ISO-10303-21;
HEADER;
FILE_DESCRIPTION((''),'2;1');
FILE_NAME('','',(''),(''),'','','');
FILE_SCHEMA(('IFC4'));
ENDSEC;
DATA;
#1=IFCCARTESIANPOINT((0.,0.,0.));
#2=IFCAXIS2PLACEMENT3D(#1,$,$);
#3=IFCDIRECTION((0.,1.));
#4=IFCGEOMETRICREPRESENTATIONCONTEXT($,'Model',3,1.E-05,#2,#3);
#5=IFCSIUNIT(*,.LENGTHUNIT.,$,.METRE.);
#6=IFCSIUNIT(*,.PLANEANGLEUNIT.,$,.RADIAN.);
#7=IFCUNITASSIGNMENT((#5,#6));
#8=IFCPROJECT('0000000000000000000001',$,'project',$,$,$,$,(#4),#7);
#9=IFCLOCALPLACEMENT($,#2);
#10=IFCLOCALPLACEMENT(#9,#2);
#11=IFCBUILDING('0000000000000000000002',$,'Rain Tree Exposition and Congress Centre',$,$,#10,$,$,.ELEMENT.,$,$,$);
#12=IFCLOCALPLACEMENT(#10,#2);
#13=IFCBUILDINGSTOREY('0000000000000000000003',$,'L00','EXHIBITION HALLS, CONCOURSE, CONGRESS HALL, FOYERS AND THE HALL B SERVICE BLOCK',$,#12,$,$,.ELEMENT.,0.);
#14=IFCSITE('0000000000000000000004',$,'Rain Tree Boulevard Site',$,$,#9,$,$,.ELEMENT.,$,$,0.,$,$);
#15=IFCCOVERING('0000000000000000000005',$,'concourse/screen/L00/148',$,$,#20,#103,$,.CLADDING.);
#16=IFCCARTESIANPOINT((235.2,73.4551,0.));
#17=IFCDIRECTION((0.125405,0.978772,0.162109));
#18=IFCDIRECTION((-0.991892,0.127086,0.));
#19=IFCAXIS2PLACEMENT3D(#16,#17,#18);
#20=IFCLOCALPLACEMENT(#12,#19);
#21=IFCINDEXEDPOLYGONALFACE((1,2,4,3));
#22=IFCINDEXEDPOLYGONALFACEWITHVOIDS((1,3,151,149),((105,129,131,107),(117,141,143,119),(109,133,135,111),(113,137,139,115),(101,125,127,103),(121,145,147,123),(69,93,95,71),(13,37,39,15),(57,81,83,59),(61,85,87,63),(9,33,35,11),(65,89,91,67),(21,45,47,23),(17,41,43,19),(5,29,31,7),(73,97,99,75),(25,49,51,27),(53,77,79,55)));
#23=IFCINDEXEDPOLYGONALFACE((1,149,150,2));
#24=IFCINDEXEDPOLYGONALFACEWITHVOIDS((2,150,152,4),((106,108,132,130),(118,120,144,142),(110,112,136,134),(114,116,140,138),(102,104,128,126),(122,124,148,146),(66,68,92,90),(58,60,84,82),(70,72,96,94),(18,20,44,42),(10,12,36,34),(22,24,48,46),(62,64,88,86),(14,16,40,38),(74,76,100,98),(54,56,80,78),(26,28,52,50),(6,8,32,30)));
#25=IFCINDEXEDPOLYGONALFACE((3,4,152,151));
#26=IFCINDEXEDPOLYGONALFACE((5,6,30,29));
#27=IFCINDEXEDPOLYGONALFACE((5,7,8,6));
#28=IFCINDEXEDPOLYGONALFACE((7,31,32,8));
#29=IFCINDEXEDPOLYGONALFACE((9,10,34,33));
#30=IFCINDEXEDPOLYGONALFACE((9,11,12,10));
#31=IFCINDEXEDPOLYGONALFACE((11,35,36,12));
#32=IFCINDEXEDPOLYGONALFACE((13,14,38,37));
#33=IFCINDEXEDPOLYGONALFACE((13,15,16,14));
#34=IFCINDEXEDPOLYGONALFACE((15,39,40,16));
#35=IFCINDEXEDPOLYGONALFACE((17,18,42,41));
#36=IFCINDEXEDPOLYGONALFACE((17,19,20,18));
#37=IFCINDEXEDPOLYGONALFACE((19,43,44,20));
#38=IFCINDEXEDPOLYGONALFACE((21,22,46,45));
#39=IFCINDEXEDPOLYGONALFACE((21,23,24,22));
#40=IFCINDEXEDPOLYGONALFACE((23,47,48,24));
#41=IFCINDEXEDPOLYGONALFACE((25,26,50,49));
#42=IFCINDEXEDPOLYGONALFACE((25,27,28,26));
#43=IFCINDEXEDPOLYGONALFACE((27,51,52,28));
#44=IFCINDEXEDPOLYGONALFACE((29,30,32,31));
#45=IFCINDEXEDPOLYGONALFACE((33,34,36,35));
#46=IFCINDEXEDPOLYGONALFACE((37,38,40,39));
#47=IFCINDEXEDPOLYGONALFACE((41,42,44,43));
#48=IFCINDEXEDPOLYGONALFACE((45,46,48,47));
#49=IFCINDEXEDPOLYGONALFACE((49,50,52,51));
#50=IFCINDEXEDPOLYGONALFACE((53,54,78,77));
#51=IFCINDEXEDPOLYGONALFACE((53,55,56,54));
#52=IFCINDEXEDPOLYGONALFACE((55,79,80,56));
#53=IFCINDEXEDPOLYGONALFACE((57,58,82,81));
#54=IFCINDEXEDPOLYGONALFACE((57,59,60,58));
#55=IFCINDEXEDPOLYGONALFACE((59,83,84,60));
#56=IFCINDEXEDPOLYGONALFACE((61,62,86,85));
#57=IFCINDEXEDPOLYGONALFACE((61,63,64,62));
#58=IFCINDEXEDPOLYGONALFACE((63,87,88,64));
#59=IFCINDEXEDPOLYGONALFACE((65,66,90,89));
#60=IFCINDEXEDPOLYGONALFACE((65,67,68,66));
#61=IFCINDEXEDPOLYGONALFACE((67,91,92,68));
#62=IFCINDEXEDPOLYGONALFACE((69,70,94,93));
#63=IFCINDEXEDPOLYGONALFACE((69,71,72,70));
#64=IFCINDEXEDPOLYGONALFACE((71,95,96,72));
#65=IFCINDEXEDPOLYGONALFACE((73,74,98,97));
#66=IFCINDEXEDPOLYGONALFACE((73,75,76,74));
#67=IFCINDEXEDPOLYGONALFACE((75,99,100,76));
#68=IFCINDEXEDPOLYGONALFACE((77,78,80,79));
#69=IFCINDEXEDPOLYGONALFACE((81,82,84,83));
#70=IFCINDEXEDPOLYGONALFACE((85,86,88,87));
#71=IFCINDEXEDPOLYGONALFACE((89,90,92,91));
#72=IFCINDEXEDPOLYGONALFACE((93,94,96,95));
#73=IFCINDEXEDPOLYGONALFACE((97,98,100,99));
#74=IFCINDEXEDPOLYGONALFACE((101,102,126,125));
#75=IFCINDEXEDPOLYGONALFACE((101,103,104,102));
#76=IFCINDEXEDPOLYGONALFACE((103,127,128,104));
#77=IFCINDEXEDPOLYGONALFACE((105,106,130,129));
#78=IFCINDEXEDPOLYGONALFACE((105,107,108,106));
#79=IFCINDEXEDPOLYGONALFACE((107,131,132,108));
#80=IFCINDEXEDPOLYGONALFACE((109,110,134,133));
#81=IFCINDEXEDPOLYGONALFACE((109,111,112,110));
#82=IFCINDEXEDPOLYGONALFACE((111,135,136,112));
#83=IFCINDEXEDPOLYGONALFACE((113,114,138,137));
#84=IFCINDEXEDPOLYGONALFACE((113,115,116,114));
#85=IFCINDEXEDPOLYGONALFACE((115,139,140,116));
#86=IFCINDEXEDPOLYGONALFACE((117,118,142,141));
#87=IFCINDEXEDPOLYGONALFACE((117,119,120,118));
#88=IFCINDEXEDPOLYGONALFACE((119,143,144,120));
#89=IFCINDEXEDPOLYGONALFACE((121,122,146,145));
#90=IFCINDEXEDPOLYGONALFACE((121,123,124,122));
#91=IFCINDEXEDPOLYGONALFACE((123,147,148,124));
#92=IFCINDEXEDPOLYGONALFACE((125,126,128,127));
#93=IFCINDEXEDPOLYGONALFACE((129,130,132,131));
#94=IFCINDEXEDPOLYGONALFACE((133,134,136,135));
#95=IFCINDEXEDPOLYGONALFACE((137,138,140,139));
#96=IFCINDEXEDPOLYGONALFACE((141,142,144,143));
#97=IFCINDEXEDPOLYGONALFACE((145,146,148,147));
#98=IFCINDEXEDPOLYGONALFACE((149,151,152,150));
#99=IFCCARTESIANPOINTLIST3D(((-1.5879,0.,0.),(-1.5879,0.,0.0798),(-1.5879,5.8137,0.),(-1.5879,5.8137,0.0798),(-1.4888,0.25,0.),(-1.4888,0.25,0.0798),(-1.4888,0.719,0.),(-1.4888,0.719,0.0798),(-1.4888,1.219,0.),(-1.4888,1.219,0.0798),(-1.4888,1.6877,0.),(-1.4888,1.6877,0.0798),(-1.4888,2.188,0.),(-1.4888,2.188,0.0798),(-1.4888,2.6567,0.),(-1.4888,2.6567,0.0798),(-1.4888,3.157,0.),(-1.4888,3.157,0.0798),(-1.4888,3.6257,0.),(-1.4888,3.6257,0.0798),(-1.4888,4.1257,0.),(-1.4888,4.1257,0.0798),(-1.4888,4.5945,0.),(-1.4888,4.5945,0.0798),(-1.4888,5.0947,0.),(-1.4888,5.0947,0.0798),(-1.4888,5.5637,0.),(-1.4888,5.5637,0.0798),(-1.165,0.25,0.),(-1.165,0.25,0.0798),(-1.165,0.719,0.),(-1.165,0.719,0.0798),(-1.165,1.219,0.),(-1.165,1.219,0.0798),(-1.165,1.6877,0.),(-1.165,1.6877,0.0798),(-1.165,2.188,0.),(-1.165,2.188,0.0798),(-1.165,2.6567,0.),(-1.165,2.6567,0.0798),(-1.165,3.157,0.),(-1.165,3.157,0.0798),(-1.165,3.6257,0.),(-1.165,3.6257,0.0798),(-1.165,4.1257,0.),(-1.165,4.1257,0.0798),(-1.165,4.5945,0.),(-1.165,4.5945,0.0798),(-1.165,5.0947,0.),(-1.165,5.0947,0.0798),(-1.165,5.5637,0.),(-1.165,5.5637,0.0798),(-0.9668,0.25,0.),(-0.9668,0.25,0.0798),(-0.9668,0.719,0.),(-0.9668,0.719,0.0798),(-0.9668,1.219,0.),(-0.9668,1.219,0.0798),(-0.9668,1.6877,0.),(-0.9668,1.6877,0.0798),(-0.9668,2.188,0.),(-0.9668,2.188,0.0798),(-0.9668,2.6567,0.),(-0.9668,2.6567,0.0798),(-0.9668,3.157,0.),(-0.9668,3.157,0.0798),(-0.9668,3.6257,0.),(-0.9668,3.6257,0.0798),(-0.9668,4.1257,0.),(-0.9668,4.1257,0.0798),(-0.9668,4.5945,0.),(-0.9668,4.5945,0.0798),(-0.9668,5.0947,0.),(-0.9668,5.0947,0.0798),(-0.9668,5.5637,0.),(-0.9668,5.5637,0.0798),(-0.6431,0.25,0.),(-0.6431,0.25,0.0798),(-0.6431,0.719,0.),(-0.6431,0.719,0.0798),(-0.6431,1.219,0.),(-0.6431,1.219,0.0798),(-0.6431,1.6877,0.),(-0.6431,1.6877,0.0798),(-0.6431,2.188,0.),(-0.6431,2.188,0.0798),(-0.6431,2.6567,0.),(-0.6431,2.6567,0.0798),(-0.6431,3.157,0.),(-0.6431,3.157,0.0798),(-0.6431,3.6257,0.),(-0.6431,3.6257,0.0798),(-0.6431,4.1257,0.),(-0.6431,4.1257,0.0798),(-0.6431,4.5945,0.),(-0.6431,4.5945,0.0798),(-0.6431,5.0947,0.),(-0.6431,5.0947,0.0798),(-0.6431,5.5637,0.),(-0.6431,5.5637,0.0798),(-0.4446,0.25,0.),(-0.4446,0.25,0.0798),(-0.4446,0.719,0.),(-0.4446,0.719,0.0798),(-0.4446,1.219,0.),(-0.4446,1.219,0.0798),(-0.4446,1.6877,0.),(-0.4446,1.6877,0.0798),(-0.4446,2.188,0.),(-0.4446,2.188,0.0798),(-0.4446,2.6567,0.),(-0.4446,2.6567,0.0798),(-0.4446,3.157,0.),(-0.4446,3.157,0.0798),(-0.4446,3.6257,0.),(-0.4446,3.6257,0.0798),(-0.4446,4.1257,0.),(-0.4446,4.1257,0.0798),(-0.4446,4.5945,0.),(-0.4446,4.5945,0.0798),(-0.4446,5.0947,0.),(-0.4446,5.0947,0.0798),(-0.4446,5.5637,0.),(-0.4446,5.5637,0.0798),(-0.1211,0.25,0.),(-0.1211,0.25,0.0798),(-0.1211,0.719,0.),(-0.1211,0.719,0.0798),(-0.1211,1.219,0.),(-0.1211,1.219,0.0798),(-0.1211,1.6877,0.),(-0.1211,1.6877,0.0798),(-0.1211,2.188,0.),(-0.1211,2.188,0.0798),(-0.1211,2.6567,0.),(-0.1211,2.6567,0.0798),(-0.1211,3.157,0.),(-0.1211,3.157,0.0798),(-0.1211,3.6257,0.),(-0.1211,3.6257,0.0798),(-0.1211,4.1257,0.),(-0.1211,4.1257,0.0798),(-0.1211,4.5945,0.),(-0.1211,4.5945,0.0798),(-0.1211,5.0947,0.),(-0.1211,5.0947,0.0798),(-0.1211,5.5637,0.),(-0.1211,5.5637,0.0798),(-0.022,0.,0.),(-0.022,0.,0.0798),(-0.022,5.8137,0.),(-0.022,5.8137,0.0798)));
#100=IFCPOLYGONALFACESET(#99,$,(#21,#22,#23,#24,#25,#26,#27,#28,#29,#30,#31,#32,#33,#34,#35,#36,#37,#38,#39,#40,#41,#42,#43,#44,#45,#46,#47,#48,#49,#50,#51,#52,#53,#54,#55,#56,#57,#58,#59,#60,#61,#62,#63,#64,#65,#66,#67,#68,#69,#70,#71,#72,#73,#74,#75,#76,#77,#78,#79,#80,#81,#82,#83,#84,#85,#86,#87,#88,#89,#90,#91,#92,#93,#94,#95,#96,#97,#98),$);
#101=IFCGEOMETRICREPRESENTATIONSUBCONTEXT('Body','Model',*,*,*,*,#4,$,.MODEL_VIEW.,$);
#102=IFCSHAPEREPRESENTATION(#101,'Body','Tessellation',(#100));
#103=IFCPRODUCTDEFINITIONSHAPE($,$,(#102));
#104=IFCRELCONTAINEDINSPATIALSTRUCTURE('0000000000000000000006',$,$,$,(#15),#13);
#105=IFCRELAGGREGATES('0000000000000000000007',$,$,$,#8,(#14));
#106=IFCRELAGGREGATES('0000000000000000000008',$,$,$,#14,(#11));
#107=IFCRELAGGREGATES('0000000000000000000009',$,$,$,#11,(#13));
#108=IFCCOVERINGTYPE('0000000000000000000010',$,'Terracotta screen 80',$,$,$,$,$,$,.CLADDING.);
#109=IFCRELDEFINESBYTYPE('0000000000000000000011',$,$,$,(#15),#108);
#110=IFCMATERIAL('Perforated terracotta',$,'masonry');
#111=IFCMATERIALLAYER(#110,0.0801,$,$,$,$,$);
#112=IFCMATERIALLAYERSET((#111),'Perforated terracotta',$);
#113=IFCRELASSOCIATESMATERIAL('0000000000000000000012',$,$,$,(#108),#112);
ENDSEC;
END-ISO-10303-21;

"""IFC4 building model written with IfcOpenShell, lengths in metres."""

from ifc_helpers import new_model, si_unit, direction, frame, origin, place, context, subcontext, project, spatial, polyline, outline, extrude, material, layer, layer_set, type_object, element, save


model = new_model("IFC4")

# Units and contexts
model_context = context("Model", 3, precision=1e-05, world=origin(), true_north=direction((0.0, 1.0)))
body_context = subcontext(model_context, "Body", "Model", "MODEL_VIEW")
ifc_project = project(units=[si_unit("LENGTHUNIT", "METRE"), si_unit("PLANEANGLEUNIT", "RADIAN")], contexts=[model_context])

# Site, building, storey
site_placement = place(None, origin())
site = spatial("IfcSite", under=ifc_project, at=site_placement, Name="Rain Tree Boulevard Site", CompositionType="ELEMENT", RefElevation=0.0)
building_placement = place(site_placement, origin())
building = spatial("IfcBuilding", under=site, at=building_placement, Name="Rain Tree Exposition and Congress Centre", CompositionType="ELEMENT")
storey_placement = place(building_placement, origin())
storey = spatial("IfcBuildingStorey", under=building, at=storey_placement, Name="L00", Description="EXHIBITION HALLS, CONCOURSE, CONGRESS HALL, FOYERS AND THE HALL B SERVICE BLOCK", CompositionType="ELEMENT", Elevation=0.0)

# Covering
ifc_material_1 = material(Name="Perforated terracotta", Category="masonry")
ifc_layer_1 = layer(ifc_material_1, 0.0801)
ifc_layer_set_1 = layer_set([ifc_layer_1], Name="Perforated terracotta")
covering_type = type_object("IfcCoveringType", Name="Terracotta screen 80", PredefinedType="CLADDING", material=ifc_layer_set_1)
covering_1_placement = place(storey_placement, frame((235.2, 73.4551, 0.0), z_axis=(0.125405, 0.978772, 0.162109), x_axis=(-0.991892, 0.127086, 0.0)))
element("IfcCovering", 1, at=covering_1_placement, inside=storey, type_object=covering_type, Name="concourse/screen/L00/148", PredefinedType="CLADDING", context=body_context, shape_type="SweptSolid", body=[
    extrude(outline(polyline([(-0.022, 0.0), (-1.5879, 0.0), (-1.5879, 5.8137), (-0.022, 5.8137), (-0.022, 0.0)]), holes=[polyline([(-0.1211, 0.25), (-0.1211, 0.719), (-0.4446, 0.719), (-0.4446, 0.25), (-0.1211, 0.25)]), polyline([(-0.1211, 1.219), (-0.1211, 1.6877), (-0.4446, 1.6877), (-0.4446, 1.219), (-0.1211, 1.219)]), polyline([(-0.1211, 2.188), (-0.1211, 2.6567), (-0.4446, 2.6567), (-0.4446, 2.188), (-0.1211, 2.188)]), polyline([(-0.1211, 3.157), (-0.1211, 3.6257), (-0.4446, 3.6257), (-0.4446, 3.157), (-0.1211, 3.157)]), polyline([(-0.1211, 4.1257), (-0.1211, 4.5945), (-0.4446, 4.5945), (-0.4446, 4.1257), (-0.1211, 4.1257)]), polyline([(-0.1211, 5.0947), (-0.1211, 5.5637), (-0.4446, 5.5637), (-0.4446, 5.0947), (-0.1211, 5.0947)]), polyline([(-0.6431, 0.25), (-0.6431, 0.719), (-0.9668, 0.719), (-0.9668, 0.25), (-0.6431, 0.25)]), polyline([(-0.6431, 1.219), (-0.6431, 1.6877), (-0.9668, 1.6877), (-0.9668, 1.219), (-0.6431, 1.219)]), polyline([(-0.6431, 2.188), (-0.6431, 2.6567), (-0.9668, 2.6567), (-0.9668, 2.188), (-0.6431, 2.188)]), polyline([(-0.6431, 3.157), (-0.6431, 3.6257), (-0.9668, 3.6257), (-0.9668, 3.157), (-0.6431, 3.157)]), polyline([(-0.6431, 4.1257), (-0.6431, 4.5945), (-0.9668, 4.5945), (-0.9668, 4.1257), (-0.6431, 4.1257)]), polyline([(-0.6431, 5.0947), (-0.6431, 5.5637), (-0.9668, 5.5637), (-0.9668, 5.0947), (-0.6431, 5.0947)]), polyline([(-1.165, 0.25), (-1.165, 0.719), (-1.4888, 0.719), (-1.4888, 0.25), (-1.165, 0.25)]), polyline([(-1.165, 1.219), (-1.165, 1.6877), (-1.4888, 1.6877), (-1.4888, 1.219), (-1.165, 1.219)]), polyline([(-1.165, 2.188), (-1.165, 2.6567), (-1.4888, 2.6567), (-1.4888, 2.188), (-1.165, 2.188)]), polyline([(-1.165, 3.157), (-1.165, 3.6257), (-1.4888, 3.6257), (-1.4888, 3.157), (-1.165, 3.157)]), polyline([(-1.165, 4.1257), (-1.165, 4.5945), (-1.4888, 4.5945), (-1.4888, 4.1257), (-1.165, 4.1257)]), polyline([(-1.165, 5.0947), (-1.165, 5.5637), (-1.4888, 5.5637), (-1.4888, 5.0947), (-1.165, 5.0947)])]), origin(), (0.0, 0.0, 1.0), 0.0798),
])

save(model, "model.ifc")
